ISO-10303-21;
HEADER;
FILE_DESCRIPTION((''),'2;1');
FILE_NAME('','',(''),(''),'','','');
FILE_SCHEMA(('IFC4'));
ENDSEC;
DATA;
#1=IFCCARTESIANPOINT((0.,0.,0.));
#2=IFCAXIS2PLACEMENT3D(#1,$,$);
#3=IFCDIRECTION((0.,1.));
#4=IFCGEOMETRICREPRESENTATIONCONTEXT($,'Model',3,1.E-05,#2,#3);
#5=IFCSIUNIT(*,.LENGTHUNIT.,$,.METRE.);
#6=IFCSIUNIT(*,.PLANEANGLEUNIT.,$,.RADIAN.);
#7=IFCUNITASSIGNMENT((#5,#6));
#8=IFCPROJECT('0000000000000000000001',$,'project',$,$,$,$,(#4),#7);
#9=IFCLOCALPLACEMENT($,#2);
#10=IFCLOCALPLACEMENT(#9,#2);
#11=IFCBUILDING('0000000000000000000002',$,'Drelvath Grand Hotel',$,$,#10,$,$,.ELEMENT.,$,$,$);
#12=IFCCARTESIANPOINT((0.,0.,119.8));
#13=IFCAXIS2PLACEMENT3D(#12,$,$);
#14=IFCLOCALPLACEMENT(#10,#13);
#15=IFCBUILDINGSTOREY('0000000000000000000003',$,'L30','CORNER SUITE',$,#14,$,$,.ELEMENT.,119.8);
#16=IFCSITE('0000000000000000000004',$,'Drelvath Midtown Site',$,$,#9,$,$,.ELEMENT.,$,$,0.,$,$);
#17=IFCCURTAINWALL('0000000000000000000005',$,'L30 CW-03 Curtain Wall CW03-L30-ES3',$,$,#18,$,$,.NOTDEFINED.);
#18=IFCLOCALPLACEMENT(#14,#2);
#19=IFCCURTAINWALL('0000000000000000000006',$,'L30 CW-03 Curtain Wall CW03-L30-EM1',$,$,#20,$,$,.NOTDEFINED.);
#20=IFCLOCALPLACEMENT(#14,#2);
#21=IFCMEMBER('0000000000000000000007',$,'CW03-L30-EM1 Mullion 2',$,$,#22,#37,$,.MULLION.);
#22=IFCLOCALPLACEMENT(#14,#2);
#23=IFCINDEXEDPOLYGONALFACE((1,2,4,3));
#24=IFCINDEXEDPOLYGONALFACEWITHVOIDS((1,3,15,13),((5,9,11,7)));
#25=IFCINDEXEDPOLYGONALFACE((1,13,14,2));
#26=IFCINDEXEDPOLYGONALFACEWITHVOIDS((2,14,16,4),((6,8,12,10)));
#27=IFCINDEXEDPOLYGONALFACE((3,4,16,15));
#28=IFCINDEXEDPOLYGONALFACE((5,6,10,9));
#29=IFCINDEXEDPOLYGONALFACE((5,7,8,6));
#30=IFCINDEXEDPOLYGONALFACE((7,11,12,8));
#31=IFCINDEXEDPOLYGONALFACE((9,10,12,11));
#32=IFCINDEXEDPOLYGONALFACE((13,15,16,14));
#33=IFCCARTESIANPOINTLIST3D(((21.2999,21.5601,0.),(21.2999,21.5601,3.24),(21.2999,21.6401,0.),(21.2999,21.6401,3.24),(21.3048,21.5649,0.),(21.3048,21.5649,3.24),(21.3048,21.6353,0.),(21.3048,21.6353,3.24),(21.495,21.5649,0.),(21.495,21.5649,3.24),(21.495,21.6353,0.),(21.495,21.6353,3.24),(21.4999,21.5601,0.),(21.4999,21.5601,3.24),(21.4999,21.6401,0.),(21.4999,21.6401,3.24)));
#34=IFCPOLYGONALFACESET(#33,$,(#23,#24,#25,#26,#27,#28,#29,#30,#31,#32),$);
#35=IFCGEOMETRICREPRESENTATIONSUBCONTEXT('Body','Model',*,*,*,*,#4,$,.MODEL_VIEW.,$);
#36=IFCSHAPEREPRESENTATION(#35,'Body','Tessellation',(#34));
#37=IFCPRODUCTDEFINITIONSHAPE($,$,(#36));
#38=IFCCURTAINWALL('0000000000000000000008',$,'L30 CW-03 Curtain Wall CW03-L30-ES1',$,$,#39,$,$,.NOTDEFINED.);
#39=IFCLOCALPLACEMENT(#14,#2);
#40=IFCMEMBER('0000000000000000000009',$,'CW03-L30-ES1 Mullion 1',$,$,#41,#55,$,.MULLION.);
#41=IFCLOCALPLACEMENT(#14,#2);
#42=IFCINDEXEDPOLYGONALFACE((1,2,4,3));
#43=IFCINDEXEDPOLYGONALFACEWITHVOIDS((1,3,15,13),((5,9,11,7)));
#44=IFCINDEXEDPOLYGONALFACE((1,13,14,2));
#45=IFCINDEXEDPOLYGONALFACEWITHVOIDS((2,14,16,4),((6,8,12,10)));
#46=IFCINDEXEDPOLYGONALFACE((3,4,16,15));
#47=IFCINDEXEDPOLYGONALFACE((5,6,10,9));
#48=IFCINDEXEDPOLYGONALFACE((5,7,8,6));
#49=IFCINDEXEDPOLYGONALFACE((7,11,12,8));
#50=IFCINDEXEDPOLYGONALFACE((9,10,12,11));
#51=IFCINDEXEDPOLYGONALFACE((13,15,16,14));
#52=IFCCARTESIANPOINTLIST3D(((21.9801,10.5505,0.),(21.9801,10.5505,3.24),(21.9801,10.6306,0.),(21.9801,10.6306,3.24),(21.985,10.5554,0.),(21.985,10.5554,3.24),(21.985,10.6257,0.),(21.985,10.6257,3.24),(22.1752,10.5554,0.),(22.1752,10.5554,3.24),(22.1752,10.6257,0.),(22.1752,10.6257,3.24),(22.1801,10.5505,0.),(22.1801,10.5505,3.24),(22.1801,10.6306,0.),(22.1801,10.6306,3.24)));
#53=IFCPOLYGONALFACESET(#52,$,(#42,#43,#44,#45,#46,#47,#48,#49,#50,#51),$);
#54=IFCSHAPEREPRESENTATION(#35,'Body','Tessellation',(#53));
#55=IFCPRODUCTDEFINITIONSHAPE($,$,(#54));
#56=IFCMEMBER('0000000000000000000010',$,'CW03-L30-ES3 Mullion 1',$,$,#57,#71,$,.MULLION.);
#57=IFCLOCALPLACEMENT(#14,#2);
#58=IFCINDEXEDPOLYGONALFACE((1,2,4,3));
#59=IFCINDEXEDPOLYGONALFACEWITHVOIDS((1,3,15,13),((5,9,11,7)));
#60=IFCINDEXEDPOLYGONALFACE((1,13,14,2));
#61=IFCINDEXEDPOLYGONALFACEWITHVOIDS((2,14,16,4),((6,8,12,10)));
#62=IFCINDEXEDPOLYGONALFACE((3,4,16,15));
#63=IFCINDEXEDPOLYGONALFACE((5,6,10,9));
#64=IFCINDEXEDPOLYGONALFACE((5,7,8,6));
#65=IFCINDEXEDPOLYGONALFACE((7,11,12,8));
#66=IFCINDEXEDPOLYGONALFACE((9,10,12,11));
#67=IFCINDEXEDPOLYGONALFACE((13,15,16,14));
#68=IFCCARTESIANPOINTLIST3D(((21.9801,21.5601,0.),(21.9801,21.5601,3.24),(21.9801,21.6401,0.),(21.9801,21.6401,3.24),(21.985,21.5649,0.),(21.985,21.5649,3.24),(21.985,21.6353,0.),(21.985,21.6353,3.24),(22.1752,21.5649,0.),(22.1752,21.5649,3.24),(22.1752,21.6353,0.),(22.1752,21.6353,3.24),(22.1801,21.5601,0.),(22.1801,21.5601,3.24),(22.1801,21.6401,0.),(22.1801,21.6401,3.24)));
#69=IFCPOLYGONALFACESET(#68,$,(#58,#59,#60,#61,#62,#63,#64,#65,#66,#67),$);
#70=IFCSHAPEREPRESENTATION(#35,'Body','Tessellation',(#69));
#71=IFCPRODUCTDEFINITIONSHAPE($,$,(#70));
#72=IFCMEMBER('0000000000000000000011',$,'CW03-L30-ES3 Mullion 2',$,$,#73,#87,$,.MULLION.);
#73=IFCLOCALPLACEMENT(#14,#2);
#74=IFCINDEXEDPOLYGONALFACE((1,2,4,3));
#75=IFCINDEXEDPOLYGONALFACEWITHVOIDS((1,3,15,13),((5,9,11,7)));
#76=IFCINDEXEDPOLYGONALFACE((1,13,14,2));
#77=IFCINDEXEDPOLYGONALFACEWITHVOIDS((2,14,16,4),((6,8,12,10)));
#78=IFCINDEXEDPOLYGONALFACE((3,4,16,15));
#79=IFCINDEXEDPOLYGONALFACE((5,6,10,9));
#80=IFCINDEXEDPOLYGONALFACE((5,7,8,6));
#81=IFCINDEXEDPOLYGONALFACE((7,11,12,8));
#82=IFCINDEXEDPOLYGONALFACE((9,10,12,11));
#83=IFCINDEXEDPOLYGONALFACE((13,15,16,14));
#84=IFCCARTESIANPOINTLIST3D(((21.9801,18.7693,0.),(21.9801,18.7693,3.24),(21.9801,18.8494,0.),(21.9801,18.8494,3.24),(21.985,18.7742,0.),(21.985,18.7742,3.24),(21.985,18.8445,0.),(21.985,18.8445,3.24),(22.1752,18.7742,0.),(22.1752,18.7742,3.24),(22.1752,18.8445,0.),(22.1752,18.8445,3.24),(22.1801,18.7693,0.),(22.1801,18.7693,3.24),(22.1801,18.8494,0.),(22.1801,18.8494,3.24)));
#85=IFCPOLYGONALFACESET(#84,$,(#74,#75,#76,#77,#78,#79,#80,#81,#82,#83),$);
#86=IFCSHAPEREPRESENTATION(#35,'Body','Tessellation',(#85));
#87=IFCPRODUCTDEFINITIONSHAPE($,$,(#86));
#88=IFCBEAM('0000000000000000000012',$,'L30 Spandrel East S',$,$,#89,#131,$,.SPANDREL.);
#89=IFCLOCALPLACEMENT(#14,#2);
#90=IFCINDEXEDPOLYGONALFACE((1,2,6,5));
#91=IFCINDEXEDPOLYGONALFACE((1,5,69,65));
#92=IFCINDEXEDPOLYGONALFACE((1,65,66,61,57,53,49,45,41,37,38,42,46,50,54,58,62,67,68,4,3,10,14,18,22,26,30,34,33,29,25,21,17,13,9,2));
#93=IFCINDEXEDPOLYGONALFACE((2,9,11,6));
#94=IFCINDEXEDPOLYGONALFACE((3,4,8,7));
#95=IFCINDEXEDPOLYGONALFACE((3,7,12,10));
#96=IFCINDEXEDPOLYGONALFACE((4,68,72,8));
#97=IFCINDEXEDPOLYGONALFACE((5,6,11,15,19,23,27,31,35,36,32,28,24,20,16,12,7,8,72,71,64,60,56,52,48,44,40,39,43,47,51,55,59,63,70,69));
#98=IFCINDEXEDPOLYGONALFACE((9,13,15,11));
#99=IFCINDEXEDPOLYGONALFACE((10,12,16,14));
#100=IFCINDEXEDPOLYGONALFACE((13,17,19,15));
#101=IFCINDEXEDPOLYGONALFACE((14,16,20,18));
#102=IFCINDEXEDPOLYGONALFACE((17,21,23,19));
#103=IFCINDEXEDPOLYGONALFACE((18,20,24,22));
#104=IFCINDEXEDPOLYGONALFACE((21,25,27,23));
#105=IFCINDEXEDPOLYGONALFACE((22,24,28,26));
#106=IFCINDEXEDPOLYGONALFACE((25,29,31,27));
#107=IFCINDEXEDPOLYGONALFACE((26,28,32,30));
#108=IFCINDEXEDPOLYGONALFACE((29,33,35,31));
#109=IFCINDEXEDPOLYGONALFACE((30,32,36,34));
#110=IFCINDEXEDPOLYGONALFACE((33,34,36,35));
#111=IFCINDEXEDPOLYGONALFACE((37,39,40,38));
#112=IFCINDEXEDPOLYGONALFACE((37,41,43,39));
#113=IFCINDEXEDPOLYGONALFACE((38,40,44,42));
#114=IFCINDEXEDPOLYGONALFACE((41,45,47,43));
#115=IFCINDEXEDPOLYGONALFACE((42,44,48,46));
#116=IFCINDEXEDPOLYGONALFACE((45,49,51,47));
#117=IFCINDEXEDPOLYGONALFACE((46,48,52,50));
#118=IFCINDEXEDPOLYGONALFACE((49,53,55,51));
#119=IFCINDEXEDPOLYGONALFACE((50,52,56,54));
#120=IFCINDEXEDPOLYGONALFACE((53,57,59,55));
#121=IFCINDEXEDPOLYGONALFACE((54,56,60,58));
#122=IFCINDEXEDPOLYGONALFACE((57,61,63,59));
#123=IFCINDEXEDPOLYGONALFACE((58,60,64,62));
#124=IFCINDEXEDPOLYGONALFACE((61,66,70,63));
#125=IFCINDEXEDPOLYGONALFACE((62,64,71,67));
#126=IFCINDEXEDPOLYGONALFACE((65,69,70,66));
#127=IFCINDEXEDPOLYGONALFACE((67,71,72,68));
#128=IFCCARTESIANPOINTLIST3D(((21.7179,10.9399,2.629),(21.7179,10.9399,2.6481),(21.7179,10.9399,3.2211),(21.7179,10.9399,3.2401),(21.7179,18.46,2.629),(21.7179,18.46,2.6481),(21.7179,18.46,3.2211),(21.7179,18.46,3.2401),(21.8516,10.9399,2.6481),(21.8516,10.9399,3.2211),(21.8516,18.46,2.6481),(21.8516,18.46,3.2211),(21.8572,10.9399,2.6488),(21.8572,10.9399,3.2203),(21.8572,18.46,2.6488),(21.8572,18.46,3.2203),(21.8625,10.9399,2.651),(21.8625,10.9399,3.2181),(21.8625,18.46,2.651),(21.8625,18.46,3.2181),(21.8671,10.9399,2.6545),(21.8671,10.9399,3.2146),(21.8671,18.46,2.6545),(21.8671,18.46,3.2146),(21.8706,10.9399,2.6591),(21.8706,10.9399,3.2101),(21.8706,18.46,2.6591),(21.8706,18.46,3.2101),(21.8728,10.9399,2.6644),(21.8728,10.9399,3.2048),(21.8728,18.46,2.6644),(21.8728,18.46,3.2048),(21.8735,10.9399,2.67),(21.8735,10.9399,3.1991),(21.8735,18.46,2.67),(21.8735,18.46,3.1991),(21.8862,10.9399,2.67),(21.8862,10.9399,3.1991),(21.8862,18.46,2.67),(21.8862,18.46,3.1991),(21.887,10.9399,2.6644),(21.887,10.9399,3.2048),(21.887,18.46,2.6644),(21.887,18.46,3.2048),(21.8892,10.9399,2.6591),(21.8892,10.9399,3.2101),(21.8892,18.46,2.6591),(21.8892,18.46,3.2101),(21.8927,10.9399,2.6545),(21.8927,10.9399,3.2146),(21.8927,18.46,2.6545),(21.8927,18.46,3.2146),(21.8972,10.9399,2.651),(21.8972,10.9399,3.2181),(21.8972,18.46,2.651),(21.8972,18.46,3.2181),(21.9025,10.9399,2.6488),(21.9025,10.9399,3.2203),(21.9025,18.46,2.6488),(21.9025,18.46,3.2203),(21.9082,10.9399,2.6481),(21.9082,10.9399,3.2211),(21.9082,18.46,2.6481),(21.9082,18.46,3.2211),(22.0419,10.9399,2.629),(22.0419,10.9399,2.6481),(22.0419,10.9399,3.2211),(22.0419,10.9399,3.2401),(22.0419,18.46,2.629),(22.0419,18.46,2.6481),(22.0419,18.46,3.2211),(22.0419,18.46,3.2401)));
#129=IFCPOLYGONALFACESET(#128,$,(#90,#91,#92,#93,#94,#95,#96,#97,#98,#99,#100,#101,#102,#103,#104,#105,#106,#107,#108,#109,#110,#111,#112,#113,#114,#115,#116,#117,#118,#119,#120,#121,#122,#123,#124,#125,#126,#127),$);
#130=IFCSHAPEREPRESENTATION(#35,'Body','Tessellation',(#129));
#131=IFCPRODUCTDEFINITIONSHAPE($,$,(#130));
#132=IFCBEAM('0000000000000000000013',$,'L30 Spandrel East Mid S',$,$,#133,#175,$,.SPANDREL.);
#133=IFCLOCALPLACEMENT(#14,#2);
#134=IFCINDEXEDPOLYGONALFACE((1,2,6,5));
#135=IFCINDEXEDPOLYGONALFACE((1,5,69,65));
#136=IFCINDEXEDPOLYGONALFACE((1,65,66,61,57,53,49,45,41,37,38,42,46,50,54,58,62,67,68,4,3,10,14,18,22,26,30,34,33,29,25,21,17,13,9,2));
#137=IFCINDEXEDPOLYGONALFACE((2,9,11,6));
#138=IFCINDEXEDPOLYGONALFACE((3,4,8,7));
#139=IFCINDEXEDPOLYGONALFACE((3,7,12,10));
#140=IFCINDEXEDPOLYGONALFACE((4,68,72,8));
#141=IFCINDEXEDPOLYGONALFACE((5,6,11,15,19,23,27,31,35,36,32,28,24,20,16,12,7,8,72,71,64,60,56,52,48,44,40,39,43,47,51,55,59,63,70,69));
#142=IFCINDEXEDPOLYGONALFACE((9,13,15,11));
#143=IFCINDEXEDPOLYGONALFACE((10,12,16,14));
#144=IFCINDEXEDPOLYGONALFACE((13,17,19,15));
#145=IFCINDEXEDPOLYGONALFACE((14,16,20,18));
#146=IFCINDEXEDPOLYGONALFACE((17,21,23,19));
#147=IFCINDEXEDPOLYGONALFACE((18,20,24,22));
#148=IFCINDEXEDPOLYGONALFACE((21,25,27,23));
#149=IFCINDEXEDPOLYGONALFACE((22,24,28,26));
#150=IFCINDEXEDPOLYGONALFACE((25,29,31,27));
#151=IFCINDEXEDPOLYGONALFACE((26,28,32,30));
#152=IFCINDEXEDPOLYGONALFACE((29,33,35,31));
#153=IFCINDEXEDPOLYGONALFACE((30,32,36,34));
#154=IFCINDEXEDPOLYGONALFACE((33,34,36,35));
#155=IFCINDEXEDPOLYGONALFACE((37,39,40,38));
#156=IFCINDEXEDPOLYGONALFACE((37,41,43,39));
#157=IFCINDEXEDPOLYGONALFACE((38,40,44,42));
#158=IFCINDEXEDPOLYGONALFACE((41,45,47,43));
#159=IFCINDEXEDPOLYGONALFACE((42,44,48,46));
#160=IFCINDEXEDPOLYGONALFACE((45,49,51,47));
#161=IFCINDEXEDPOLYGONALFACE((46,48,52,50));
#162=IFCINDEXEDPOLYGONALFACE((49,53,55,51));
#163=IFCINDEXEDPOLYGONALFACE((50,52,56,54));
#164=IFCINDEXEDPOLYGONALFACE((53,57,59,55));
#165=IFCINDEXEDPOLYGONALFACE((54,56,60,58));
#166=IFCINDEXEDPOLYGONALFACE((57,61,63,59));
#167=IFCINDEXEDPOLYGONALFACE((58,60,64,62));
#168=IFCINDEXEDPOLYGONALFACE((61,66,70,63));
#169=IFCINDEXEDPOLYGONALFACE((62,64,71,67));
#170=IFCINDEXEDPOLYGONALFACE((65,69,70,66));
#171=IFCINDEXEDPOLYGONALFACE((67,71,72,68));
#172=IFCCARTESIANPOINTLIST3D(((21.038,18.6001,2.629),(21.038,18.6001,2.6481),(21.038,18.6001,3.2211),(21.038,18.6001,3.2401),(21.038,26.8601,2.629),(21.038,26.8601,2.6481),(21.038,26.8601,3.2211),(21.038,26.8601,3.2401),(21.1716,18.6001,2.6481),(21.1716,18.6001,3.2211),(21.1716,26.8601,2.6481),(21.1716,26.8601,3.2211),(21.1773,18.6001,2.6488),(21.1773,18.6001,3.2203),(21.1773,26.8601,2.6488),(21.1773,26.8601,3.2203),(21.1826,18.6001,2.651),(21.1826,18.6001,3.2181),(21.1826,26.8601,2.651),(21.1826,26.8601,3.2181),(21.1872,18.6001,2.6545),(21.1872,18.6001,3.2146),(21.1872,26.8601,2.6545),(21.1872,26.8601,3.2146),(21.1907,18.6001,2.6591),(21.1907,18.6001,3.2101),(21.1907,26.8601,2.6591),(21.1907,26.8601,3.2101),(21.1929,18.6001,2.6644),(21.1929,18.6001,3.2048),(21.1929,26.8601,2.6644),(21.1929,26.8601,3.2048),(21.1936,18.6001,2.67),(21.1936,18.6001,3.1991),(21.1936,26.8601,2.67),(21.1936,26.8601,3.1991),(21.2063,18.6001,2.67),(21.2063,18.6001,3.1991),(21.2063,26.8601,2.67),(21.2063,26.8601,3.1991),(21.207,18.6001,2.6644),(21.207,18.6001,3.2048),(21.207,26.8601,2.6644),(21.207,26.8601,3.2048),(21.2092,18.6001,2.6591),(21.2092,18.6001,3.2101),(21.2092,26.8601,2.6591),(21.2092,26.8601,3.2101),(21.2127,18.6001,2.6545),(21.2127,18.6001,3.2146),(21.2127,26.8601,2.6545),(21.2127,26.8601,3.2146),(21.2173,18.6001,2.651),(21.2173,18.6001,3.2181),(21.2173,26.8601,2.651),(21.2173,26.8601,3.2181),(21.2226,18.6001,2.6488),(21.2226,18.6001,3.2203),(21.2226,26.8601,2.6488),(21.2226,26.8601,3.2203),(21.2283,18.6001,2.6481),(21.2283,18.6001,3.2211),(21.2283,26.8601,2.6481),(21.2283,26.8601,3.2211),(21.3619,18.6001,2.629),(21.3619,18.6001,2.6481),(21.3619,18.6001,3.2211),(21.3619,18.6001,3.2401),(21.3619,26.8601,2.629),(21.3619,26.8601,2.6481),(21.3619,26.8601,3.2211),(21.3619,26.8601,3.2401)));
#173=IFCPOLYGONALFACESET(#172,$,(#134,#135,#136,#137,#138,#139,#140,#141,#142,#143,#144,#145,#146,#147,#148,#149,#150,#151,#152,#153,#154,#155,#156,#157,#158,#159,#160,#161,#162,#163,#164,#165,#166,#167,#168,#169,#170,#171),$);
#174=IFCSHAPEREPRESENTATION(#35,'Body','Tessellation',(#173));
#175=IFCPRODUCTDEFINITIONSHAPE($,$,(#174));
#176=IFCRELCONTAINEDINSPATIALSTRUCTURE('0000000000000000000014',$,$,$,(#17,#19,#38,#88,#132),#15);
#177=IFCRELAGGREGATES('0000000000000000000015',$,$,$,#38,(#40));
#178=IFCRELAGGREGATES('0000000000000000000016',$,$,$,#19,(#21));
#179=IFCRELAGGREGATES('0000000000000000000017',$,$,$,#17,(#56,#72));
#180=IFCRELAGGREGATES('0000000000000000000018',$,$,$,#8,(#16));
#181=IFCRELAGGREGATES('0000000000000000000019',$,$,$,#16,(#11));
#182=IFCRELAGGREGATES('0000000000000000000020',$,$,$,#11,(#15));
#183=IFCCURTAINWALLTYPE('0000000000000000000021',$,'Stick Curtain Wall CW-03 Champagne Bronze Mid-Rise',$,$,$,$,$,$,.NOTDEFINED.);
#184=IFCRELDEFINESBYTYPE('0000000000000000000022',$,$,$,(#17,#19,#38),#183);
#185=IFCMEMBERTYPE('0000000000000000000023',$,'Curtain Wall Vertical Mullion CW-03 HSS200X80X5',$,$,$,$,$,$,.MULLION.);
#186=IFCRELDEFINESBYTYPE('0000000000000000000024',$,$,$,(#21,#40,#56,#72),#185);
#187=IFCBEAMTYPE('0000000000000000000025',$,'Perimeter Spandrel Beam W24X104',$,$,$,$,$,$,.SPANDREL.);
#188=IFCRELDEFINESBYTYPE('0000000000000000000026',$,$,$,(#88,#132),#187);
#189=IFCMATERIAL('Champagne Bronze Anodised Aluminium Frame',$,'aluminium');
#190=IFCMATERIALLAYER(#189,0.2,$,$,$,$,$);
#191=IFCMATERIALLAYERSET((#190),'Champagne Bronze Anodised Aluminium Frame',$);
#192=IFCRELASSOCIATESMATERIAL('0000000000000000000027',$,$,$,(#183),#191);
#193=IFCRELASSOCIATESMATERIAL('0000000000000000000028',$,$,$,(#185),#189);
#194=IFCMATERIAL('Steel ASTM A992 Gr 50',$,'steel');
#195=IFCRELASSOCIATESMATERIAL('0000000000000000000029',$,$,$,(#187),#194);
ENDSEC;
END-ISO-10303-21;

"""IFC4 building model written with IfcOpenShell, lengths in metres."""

from ifc_helpers import new_model, si_unit, direction, frame, origin, origin_2d, place, context, subcontext, project, spatial, hollow_rectangle, i_section, extrude, material, layer, layer_set, material_profile, profile_set, type_object, element, aggregate, save


model = new_model("IFC4")

# Units and contexts
model_context = context("Model", 3, precision=1e-05, world=origin(), true_north=direction((0.0, 1.0)))
body_context = subcontext(model_context, "Body", "Model", "MODEL_VIEW")
ifc_project = project(units=[si_unit("LENGTHUNIT", "METRE"), si_unit("PLANEANGLEUNIT", "RADIAN")], contexts=[model_context])

# Site, building, storey
site_placement = place(None, origin())
site = spatial("IfcSite", under=ifc_project, at=site_placement, Name="Drelvath Midtown Site", CompositionType="ELEMENT", RefElevation=0.0)
building_placement = place(site_placement, origin())
building = spatial("IfcBuilding", under=site, at=building_placement, Name="Drelvath Grand Hotel", CompositionType="ELEMENT")
storey_placement = place(building_placement, frame((0.0, 0.0, 119.8)))
storey = spatial("IfcBuildingStorey", under=building, at=storey_placement, Name="L30", Description="CORNER SUITE", CompositionType="ELEMENT", Elevation=119.8)

# Shared definitions
ifc_material_1 = material(Name="Steel ASTM A992 Gr 50", Category="steel")

# Curtain walls, members
ifc_material_2 = material(Name="Champagne Bronze Anodised Aluminium Frame", Category="aluminium")
ifc_layer_1 = layer(ifc_material_2, 0.2)
ifc_layer_set_1 = layer_set([ifc_layer_1], Name="Champagne Bronze Anodised Aluminium Frame")
curtain_wall_type = type_object("IfcCurtainWallType", Name="Stick Curtain Wall CW-03 Champagne Bronze Mid-Rise", PredefinedType="NOTDEFINED", material=ifc_layer_set_1)
curtain_wall_1_placement = place(storey_placement, origin())
curtain_wall_1 = element("IfcCurtainWall", 1, at=curtain_wall_1_placement, inside=storey, type_object=curtain_wall_type, Name="L30 CW-03 Curtain Wall CW03-L30-ES3", PredefinedType="NOTDEFINED")
curtain_wall_2_placement = place(storey_placement, origin())
curtain_wall_2 = element("IfcCurtainWall", 2, at=curtain_wall_2_placement, inside=storey, type_object=curtain_wall_type, Name="L30 CW-03 Curtain Wall CW03-L30-EM1", PredefinedType="NOTDEFINED")
ifc_material_profile_1 = material_profile(ifc_material_2, hollow_rectangle(XDim=0.0801, YDim=0.2, WallThickness=0.0049, at=origin_2d()), Name="HSS200X80X5")
ifc_profile_set_1 = profile_set([ifc_material_profile_1], Name="Champagne Bronze Anodised Aluminium Frame")
member_type_1 = type_object("IfcMemberType", Name="Curtain Wall Vertical Mullion CW-03 HSS200X80X5", PredefinedType="MULLION", material=ifc_profile_set_1)
member_1_placement = place(storey_placement, frame((21.3999, 21.6001, 0.0), z_axis=(0.0, 0.0, 1.0), x_axis=(0.0, 1.0, 0.0)))
member_1 = element("IfcMember", 3, at=member_1_placement, type_object=member_type_1, Name="CW03-L30-EM1 Mullion 2", PredefinedType="MULLION", context=body_context, shape_type="SweptSolid", body=[
    extrude(hollow_rectangle(XDim=0.0801, YDim=0.2, WallThickness=0.0049, at=origin_2d()), origin(), (0.0, 0.0, 1.0), 3.24),
])
curtain_wall_3_placement = place(storey_placement, origin())
curtain_wall_3 = element("IfcCurtainWall", 4, at=curtain_wall_3_placement, inside=storey, type_object=curtain_wall_type, Name="L30 CW-03 Curtain Wall CW03-L30-ES1", PredefinedType="NOTDEFINED")
member_2_placement = place(storey_placement, frame((22.0801, 10.5906, 0.0), z_axis=(0.0, 0.0, 1.0), x_axis=(0.0, 1.0, 0.0)))
member_2 = element("IfcMember", 5, at=member_2_placement, type_object=member_type_1, Name="CW03-L30-ES1 Mullion 1", PredefinedType="MULLION", context=body_context, shape_type="SweptSolid", body=[
    extrude(hollow_rectangle(XDim=0.0801, YDim=0.2, WallThickness=0.0049, at=origin_2d()), origin(), (0.0, 0.0, 1.0), 3.24),
])
aggregate(curtain_wall_3, [member_2])

# Members
member_3_placement = place(storey_placement, frame((22.0801, 21.6001, 0.0), z_axis=(0.0, 0.0, 1.0), x_axis=(0.0, 1.0, 0.0)))
member_3 = element("IfcMember", 6, at=member_3_placement, type_object=member_type_1, Name="CW03-L30-ES3 Mullion 1", PredefinedType="MULLION", context=body_context, shape_type="SweptSolid", body=[
    extrude(hollow_rectangle(XDim=0.0801, YDim=0.2, WallThickness=0.0049, at=origin_2d()), origin(), (0.0, 0.0, 1.0), 3.24),
])
member_4_placement = place(storey_placement, frame((22.0801, 18.8093, 0.0), z_axis=(0.0, 0.0, 1.0), x_axis=(0.0, 1.0, 0.0)))
member_4 = element("IfcMember", 7, at=member_4_placement, type_object=member_type_1, Name="CW03-L30-ES3 Mullion 2", PredefinedType="MULLION", context=body_context, shape_type="SweptSolid", body=[
    extrude(hollow_rectangle(XDim=0.0801, YDim=0.2, WallThickness=0.0049, at=origin_2d()), origin(), (0.0, 0.0, 1.0), 3.24),
])

# Beams
ifc_material_profile_2 = material_profile(ifc_material_1, i_section(OverallWidth=0.324, OverallDepth=0.6111, WebThickness=0.0127, FlangeThickness=0.019, FilletRadius=0.022, at=origin_2d()), Name="W24X104")
ifc_profile_set_2 = profile_set([ifc_material_profile_2], Name="Steel ASTM A992 Gr 50")
beam_type_1 = type_object("IfcBeamType", Name="Perimeter Spandrel Beam W24X104", PredefinedType="SPANDREL", material=ifc_profile_set_2)
beam_1_placement = place(storey_placement, frame((21.8799, 10.9399, 2.9346), z_axis=(0.0, 1.0, 0.0), x_axis=(-1.0, 0.0, 0.0)))
element("IfcBeam", 8, at=beam_1_placement, inside=storey, type_object=beam_type_1, Name="L30 Spandrel East S", PredefinedType="SPANDREL", context=body_context, shape_type="SweptSolid", body=[
    extrude(i_section(OverallWidth=0.324, OverallDepth=0.6111, WebThickness=0.0127, FlangeThickness=0.019, FilletRadius=0.022, at=origin_2d()), origin(), (0.0, 0.0, 1.0), 7.52),
])
beam_2_placement = place(storey_placement, frame((21.2, 18.6001, 2.9346), z_axis=(0.0, 1.0, 0.0), x_axis=(-1.0, 0.0, 0.0)))
element("IfcBeam", 9, at=beam_2_placement, inside=storey, type_object=beam_type_1, Name="L30 Spandrel East Mid S", PredefinedType="SPANDREL", context=body_context, shape_type="SweptSolid", body=[
    extrude(i_section(OverallWidth=0.324, OverallDepth=0.6111, WebThickness=0.0127, FlangeThickness=0.019, FilletRadius=0.022, at=origin_2d()), origin(), (0.0, 0.0, 1.0), 8.26),
])

aggregate(curtain_wall_2, [member_1])
aggregate(curtain_wall_1, [member_3, member_4])

save(model, "model.ifc")
